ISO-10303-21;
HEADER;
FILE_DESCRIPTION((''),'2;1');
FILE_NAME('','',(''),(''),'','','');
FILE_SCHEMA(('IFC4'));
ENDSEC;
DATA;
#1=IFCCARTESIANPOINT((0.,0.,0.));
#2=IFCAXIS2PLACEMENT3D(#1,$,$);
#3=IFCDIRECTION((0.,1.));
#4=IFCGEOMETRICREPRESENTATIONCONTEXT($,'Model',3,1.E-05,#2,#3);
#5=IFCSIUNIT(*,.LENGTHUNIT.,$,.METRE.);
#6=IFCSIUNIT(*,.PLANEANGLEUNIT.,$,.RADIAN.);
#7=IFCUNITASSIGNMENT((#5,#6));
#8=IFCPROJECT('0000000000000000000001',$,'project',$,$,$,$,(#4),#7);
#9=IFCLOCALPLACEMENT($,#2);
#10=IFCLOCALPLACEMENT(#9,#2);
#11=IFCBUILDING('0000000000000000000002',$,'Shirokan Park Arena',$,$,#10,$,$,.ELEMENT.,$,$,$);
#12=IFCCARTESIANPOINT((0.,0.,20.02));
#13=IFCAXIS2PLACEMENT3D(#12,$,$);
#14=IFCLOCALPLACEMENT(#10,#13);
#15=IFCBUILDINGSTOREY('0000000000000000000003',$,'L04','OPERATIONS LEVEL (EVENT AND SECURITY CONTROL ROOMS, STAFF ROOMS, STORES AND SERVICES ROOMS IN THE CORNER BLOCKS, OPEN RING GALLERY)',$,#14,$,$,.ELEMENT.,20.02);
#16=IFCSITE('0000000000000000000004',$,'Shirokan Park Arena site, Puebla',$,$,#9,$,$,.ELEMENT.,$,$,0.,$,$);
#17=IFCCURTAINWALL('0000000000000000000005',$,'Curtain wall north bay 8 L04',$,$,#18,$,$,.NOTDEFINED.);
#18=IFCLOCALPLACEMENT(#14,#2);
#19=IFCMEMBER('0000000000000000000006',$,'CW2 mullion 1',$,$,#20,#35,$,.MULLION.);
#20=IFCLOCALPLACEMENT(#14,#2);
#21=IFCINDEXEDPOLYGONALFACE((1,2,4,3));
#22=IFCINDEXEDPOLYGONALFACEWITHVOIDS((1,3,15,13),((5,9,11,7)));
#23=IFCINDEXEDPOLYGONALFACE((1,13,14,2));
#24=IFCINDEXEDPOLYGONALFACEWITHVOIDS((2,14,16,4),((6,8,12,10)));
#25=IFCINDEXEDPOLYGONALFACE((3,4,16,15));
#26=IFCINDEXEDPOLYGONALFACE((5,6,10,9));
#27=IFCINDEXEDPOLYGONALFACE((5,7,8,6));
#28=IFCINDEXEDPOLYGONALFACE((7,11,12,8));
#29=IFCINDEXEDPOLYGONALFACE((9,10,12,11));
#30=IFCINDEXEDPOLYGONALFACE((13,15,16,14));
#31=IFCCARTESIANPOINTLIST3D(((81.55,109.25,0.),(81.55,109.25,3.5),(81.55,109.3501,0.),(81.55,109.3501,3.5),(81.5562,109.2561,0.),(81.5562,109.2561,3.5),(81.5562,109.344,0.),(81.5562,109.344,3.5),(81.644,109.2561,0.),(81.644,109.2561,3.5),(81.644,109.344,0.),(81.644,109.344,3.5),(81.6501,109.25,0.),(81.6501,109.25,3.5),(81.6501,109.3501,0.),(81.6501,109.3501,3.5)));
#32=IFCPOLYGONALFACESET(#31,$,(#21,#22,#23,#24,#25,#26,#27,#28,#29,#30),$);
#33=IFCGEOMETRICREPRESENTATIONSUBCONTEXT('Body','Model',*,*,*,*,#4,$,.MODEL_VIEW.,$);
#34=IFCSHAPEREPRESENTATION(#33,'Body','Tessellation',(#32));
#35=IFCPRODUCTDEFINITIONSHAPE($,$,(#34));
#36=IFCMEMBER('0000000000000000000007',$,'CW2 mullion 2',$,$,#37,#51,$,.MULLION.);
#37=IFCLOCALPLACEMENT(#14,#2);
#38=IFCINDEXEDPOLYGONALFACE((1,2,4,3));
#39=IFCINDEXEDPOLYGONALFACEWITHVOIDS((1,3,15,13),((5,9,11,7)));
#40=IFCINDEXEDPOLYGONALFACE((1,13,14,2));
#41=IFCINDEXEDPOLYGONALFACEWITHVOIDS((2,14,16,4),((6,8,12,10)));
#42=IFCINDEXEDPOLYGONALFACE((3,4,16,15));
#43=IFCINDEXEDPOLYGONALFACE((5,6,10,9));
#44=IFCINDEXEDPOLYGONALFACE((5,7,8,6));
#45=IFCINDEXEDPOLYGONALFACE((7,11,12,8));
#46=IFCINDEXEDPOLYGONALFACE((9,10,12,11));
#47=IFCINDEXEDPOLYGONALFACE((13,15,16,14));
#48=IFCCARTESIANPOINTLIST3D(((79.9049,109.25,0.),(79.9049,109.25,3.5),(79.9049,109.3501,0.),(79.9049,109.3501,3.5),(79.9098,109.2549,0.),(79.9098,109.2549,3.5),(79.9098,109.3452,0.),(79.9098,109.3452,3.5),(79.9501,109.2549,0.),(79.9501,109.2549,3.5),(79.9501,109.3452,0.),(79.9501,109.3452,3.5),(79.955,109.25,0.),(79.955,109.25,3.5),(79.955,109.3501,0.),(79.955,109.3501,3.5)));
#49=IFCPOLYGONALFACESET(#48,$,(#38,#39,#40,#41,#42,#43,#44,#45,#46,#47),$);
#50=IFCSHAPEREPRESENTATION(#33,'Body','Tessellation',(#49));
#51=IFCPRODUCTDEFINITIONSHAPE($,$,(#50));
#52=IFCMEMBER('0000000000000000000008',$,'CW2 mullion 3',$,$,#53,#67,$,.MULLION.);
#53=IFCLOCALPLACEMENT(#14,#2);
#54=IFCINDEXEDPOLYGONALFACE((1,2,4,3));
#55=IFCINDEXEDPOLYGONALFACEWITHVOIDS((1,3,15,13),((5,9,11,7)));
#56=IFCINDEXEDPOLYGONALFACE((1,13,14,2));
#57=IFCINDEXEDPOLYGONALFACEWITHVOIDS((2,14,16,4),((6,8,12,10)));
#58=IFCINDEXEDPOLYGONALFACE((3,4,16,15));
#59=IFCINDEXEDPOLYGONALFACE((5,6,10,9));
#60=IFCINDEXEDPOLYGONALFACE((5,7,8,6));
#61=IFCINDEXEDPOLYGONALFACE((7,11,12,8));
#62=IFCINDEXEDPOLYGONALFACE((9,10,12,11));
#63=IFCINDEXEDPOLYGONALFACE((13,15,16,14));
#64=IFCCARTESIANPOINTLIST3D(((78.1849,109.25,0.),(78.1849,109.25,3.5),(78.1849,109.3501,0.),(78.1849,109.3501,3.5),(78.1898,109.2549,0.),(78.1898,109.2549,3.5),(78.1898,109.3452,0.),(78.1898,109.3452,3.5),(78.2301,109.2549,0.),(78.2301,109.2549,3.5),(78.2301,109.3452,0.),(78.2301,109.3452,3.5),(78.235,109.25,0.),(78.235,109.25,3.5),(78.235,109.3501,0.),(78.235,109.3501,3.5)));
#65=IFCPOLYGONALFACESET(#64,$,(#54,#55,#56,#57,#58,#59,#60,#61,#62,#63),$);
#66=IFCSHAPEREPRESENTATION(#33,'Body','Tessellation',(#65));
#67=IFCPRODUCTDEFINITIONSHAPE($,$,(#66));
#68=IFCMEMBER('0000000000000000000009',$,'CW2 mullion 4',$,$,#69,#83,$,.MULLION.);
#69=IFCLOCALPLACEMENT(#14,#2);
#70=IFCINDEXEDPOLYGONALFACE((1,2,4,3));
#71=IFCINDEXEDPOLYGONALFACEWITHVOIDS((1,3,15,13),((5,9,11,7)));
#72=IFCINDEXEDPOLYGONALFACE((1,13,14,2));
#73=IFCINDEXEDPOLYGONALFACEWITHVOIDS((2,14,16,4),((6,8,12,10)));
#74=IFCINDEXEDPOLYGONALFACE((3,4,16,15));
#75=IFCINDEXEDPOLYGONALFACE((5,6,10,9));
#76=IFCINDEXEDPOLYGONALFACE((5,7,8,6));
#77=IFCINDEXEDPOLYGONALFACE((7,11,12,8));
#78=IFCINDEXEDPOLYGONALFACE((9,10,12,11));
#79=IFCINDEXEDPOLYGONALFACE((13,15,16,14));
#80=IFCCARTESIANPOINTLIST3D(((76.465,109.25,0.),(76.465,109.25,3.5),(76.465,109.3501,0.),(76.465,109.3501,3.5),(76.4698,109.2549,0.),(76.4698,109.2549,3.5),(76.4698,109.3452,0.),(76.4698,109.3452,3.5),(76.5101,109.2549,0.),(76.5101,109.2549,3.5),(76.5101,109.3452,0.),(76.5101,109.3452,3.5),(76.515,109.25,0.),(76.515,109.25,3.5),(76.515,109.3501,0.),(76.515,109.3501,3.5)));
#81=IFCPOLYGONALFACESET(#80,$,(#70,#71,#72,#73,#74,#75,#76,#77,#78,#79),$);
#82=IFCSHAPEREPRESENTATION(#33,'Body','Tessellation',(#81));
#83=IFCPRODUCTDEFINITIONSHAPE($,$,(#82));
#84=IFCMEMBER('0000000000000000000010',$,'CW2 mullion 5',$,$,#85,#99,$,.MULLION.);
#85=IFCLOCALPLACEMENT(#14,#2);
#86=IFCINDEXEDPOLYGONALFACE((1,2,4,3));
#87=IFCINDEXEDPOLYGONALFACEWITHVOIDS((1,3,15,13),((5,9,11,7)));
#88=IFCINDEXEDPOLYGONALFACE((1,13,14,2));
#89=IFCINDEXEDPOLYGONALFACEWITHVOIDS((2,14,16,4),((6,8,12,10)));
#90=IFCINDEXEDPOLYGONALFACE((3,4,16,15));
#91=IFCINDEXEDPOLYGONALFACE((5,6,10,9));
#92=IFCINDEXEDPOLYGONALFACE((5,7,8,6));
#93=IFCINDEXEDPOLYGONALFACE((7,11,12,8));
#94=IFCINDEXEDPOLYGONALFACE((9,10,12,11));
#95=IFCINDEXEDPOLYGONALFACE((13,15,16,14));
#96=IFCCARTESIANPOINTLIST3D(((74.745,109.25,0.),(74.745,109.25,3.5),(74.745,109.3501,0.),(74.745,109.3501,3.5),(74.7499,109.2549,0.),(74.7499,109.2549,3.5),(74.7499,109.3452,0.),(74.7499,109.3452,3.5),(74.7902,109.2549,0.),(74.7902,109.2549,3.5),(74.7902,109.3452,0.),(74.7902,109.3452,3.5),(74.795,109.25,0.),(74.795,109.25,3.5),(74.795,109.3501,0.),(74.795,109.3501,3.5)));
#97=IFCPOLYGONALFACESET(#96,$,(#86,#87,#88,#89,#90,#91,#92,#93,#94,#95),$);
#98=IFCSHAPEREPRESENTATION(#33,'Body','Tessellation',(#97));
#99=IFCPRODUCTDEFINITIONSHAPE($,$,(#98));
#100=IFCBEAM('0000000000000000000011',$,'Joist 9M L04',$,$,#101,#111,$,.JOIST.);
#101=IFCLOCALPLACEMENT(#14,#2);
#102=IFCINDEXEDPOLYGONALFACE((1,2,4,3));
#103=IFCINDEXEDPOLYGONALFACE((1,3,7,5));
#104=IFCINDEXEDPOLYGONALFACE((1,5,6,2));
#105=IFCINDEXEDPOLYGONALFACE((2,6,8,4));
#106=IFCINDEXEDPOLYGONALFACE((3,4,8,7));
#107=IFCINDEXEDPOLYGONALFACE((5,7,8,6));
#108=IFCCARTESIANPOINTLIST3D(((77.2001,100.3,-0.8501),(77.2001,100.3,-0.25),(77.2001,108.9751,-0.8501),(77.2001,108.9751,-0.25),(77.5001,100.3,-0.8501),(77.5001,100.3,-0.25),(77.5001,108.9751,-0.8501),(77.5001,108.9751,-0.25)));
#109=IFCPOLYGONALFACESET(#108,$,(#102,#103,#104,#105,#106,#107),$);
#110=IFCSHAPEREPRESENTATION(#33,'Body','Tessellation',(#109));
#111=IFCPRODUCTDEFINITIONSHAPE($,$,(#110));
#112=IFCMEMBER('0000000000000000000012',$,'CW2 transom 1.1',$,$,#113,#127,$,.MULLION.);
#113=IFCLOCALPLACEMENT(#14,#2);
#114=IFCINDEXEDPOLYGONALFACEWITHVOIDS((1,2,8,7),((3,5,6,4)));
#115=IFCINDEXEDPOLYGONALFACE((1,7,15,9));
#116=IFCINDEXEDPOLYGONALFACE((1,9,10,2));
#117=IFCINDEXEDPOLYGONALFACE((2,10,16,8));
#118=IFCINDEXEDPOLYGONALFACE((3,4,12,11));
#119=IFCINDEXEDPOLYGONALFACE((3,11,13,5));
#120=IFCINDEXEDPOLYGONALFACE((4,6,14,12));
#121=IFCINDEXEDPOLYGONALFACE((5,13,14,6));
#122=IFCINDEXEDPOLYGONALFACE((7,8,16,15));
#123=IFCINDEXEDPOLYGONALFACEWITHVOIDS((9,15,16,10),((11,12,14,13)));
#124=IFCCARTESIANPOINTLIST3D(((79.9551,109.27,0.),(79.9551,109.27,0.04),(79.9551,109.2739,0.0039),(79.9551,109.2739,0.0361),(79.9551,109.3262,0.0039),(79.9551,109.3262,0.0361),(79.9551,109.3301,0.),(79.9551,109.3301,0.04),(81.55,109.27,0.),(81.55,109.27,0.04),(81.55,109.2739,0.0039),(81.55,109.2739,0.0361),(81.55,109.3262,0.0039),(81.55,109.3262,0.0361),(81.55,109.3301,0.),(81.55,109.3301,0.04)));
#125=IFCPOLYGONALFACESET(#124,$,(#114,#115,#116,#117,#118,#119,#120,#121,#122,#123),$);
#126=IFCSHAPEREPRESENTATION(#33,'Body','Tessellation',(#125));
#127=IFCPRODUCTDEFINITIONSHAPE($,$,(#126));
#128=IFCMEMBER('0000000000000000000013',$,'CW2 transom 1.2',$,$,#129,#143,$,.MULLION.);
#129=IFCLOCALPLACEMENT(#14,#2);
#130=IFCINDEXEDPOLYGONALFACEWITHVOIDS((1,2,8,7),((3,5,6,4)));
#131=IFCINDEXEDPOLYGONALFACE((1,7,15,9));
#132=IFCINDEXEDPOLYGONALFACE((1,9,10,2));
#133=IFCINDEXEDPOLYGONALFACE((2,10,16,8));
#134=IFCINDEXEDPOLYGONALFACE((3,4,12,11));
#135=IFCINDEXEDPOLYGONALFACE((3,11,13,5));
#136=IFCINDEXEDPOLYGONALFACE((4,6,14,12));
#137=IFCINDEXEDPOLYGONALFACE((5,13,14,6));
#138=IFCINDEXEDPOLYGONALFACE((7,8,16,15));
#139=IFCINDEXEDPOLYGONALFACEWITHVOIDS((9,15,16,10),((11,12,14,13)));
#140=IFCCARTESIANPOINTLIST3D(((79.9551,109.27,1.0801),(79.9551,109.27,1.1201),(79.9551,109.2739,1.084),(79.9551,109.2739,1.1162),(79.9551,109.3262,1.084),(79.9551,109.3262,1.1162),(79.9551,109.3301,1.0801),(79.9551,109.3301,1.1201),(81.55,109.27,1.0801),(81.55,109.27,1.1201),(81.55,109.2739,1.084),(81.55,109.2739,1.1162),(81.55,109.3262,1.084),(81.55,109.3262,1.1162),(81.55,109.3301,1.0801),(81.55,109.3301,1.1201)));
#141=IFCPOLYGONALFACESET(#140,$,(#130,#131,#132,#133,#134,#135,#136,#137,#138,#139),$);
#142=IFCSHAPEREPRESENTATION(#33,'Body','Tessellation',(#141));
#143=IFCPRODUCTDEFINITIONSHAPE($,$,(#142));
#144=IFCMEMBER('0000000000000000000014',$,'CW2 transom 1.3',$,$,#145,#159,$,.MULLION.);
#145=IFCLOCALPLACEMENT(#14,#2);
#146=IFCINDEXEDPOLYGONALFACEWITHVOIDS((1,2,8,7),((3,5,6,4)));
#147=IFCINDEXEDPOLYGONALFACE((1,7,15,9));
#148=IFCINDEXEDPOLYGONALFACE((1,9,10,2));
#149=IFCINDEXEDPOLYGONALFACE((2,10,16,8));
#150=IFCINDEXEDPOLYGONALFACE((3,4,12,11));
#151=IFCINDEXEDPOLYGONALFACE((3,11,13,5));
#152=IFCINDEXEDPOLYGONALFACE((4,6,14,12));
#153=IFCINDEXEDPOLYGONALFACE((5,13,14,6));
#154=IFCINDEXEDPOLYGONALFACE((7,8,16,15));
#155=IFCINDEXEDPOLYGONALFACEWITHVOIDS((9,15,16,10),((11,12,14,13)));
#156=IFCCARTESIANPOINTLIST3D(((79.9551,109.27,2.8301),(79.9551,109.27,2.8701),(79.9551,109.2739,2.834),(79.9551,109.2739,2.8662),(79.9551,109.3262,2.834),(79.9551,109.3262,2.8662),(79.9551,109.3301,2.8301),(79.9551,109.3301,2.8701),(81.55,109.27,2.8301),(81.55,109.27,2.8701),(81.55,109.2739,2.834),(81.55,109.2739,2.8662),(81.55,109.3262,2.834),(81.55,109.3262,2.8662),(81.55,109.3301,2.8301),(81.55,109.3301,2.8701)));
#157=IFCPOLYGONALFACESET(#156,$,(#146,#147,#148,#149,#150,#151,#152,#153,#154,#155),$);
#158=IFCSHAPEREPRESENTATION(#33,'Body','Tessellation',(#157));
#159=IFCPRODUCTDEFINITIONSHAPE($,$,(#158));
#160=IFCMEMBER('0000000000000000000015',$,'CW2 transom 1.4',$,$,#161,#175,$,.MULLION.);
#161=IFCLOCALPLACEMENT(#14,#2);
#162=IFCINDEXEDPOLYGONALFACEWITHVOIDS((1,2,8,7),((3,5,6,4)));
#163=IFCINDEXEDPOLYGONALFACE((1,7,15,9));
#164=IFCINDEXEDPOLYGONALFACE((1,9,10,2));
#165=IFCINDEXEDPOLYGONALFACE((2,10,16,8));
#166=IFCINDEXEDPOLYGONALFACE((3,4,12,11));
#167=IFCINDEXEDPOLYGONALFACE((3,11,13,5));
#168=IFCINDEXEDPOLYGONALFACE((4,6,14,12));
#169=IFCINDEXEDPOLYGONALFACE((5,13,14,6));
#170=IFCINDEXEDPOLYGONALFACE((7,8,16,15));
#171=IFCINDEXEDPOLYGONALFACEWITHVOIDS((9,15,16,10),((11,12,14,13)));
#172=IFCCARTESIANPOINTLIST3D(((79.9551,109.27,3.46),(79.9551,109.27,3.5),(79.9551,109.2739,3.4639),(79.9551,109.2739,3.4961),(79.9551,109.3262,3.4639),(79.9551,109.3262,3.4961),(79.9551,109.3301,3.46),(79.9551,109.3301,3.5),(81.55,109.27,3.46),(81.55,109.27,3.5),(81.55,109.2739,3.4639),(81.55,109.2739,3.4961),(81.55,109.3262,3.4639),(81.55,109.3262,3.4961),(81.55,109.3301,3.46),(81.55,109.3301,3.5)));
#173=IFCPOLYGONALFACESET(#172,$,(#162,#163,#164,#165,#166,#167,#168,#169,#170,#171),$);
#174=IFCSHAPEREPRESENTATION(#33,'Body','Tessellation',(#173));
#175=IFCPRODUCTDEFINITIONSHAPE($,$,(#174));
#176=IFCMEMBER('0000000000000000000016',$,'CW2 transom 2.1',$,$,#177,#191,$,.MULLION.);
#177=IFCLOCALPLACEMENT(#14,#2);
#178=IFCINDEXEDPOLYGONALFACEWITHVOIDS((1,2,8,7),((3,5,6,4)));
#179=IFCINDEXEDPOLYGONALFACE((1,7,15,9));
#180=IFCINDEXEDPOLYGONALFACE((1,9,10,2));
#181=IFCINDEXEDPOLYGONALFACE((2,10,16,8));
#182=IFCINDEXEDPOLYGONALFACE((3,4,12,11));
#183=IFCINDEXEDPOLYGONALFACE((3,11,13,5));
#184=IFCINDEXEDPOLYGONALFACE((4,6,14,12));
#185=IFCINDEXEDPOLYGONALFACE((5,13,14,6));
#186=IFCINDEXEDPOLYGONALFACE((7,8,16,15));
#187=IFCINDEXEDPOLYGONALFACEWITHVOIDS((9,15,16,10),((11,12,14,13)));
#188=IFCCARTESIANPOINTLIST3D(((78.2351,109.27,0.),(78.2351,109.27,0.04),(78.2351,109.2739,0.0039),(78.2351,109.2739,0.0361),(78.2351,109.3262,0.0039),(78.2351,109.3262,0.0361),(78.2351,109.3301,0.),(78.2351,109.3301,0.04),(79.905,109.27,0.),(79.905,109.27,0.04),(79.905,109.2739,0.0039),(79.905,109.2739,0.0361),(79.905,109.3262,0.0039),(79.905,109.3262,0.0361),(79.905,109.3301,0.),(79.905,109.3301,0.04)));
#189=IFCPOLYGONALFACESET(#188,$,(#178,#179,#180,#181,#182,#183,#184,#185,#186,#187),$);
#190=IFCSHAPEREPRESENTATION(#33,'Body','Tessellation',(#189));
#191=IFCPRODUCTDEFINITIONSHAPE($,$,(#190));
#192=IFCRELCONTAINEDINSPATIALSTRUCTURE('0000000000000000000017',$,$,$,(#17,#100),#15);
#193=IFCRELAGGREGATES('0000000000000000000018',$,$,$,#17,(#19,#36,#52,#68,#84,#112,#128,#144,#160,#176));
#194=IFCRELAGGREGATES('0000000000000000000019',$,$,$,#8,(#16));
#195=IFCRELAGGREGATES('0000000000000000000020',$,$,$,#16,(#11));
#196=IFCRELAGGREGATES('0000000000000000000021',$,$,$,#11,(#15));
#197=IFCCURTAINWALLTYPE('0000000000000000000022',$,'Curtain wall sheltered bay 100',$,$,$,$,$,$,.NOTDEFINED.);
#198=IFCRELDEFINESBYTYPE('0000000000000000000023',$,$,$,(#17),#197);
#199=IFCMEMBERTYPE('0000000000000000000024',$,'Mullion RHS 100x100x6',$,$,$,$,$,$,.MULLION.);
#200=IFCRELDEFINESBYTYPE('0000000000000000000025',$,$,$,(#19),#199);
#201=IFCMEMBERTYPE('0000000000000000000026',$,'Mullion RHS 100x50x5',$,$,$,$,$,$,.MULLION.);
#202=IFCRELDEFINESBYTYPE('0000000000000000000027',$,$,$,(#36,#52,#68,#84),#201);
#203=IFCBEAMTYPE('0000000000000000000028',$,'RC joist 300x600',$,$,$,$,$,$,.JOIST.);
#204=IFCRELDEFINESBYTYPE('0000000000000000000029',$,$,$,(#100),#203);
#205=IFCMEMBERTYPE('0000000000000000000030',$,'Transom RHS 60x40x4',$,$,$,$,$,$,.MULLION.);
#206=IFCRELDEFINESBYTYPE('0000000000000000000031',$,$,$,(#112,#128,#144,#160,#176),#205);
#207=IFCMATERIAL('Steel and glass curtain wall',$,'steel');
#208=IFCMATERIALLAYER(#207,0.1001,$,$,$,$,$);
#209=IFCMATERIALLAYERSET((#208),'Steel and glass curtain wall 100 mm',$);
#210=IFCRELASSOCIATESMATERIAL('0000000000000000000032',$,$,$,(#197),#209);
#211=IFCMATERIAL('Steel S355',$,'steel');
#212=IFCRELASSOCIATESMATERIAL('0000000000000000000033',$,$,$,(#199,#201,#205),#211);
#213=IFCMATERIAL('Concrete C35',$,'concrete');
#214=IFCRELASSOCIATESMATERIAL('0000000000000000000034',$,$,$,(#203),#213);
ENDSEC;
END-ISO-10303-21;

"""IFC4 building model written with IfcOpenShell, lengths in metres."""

from ifc_helpers import new_model, si_unit, direction, frame, origin, origin_2d, place, context, subcontext, project, spatial, rectangle, hollow_rectangle, extrude, material, layer, layer_set, material_profile, profile_set, type_object, element, aggregate, save


model = new_model("IFC4")

# Units and contexts
model_context = context("Model", 3, precision=1e-05, world=origin(), true_north=direction((0.0, 1.0)))
body_context = subcontext(model_context, "Body", "Model", "MODEL_VIEW")
ifc_project = project(units=[si_unit("LENGTHUNIT", "METRE"), si_unit("PLANEANGLEUNIT", "RADIAN")], contexts=[model_context])

# Site, building, storey
site_placement = place(None, origin())
site = spatial("IfcSite", under=ifc_project, at=site_placement, Name="Shirokan Park Arena site, Puebla", CompositionType="ELEMENT", RefElevation=0.0)
building_placement = place(site_placement, origin())
building = spatial("IfcBuilding", under=site, at=building_placement, Name="Shirokan Park Arena", CompositionType="ELEMENT")
storey_placement = place(building_placement, frame((0.0, 0.0, 20.02)))
storey = spatial("IfcBuildingStorey", under=building, at=storey_placement, Name="L04", Description="OPERATIONS LEVEL (EVENT AND SECURITY CONTROL ROOMS, STAFF ROOMS, STORES AND SERVICES ROOMS IN THE CORNER BLOCKS, OPEN RING GALLERY)", CompositionType="ELEMENT", Elevation=20.02)

# Curtain wall, members
ifc_material_1 = material(Name="Steel and glass curtain wall", Category="steel")
ifc_layer_1 = layer(ifc_material_1, 0.1001)
ifc_layer_set_1 = layer_set([ifc_layer_1], Name="Steel and glass curtain wall 100 mm")
curtain_wall_type = type_object("IfcCurtainWallType", Name="Curtain wall sheltered bay 100", PredefinedType="NOTDEFINED", material=ifc_layer_set_1)
curtain_wall_placement = place(storey_placement, origin())
curtain_wall = element("IfcCurtainWall", 1, at=curtain_wall_placement, inside=storey, type_object=curtain_wall_type, Name="Curtain wall north bay 8 L04", PredefinedType="NOTDEFINED")
ifc_material_2 = material(Name="Steel S355", Category="steel")
ifc_material_profile_1 = material_profile(ifc_material_2, hollow_rectangle(XDim=0.1001, YDim=0.1001, WallThickness=0.0061, at=origin_2d()), Name="RHS 100x100x6")
ifc_profile_set_1 = profile_set([ifc_material_profile_1], Name="Steel S355")
member_type_1 = type_object("IfcMemberType", Name="Mullion RHS 100x100x6", PredefinedType="MULLION", material=ifc_profile_set_1)
member_1_placement = place(storey_placement, frame((81.6001, 109.3, 0.0), z_axis=(0.0, 0.0, 1.0), x_axis=(0.0, -1.0, 0.0)))
member_1 = element("IfcMember", 2, at=member_1_placement, type_object=member_type_1, Name="CW2 mullion 1", PredefinedType="MULLION", context=body_context, shape_type="SweptSolid", body=[
    extrude(hollow_rectangle(XDim=0.1001, YDim=0.1001, WallThickness=0.0061, at=origin_2d()), origin(), (0.0, 0.0, 1.0), 3.5),
])
ifc_material_profile_2 = material_profile(ifc_material_2, hollow_rectangle(XDim=0.1001, YDim=0.05, WallThickness=0.0049, at=origin_2d()), Name="RHS 100x50x5")
ifc_profile_set_2 = profile_set([ifc_material_profile_2], Name="Steel S355")
member_type_2 = type_object("IfcMemberType", Name="Mullion RHS 100x50x5", PredefinedType="MULLION", material=ifc_profile_set_2)
member_2_placement = place(storey_placement, frame((79.9299, 109.3, 0.0), z_axis=(0.0, 0.0, 1.0), x_axis=(0.0, -1.0, 0.0)))
member_2 = element("IfcMember", 3, at=member_2_placement, type_object=member_type_2, Name="CW2 mullion 2", PredefinedType="MULLION", context=body_context, shape_type="SweptSolid", body=[
    extrude(hollow_rectangle(XDim=0.1001, YDim=0.05, WallThickness=0.0049, at=origin_2d()), origin(), (0.0, 0.0, 1.0), 3.5),
])
member_3_placement = place(storey_placement, frame((78.21, 109.3, 0.0), z_axis=(0.0, 0.0, 1.0), x_axis=(0.0, -1.0, 0.0)))
member_3 = element("IfcMember", 4, at=member_3_placement, type_object=member_type_2, Name="CW2 mullion 3", PredefinedType="MULLION", context=body_context, shape_type="SweptSolid", body=[
    extrude(hollow_rectangle(XDim=0.1001, YDim=0.05, WallThickness=0.0049, at=origin_2d()), origin(), (0.0, 0.0, 1.0), 3.5),
])
member_4_placement = place(storey_placement, frame((76.49, 109.3, 0.0), z_axis=(0.0, 0.0, 1.0), x_axis=(0.0, -1.0, 0.0)))
member_4 = element("IfcMember", 5, at=member_4_placement, type_object=member_type_2, Name="CW2 mullion 4", PredefinedType="MULLION", context=body_context, shape_type="SweptSolid", body=[
    extrude(hollow_rectangle(XDim=0.1001, YDim=0.05, WallThickness=0.0049, at=origin_2d()), origin(), (0.0, 0.0, 1.0), 3.5),
])
member_5_placement = place(storey_placement, frame((74.77, 109.3, 0.0), z_axis=(0.0, 0.0, 1.0), x_axis=(0.0, -1.0, 0.0)))
member_5 = element("IfcMember", 6, at=member_5_placement, type_object=member_type_2, Name="CW2 mullion 5", PredefinedType="MULLION", context=body_context, shape_type="SweptSolid", body=[
    extrude(hollow_rectangle(XDim=0.1001, YDim=0.05, WallThickness=0.0049, at=origin_2d()), origin(), (0.0, 0.0, 1.0), 3.5),
])

# Beam
ifc_material_3 = material(Name="Concrete C35", Category="concrete")
ifc_material_profile_3 = material_profile(ifc_material_3, rectangle(XDim=0.3, YDim=0.6001, at=origin_2d()), Name="300x600")
ifc_profile_set_3 = profile_set([ifc_material_profile_3], Name="Concrete C35")
beam_type = type_object("IfcBeamType", Name="RC joist 300x600", PredefinedType="JOIST", material=ifc_profile_set_3)
beam_placement = place(storey_placement, frame((77.3501, 100.3, -0.55), z_axis=(0.0, 1.0, 0.0), x_axis=(-1.0, 0.0, 0.0)))
element("IfcBeam", 7, at=beam_placement, inside=storey, type_object=beam_type, Name="Joist 9M L04", PredefinedType="JOIST", context=body_context, shape_type="SweptSolid", body=[
    extrude(rectangle(XDim=0.3, YDim=0.6001, at=origin_2d()), origin(), (0.0, 0.0, 1.0), 8.675),
])

# Members
ifc_material_profile_4 = material_profile(ifc_material_2, hollow_rectangle(XDim=0.0601, YDim=0.04, WallThickness=0.0039, at=origin_2d()), Name="RHS 60x40x4")
ifc_profile_set_4 = profile_set([ifc_material_profile_4], Name="Steel S355")
member_type_3 = type_object("IfcMemberType", Name="Transom RHS 60x40x4", PredefinedType="MULLION", material=ifc_profile_set_4)
member_6_placement = place(storey_placement, frame((81.55, 109.3, 0.02), z_axis=(-1.0, 0.0, 0.0), x_axis=(0.0, -1.0, 0.0)))
member_6 = element("IfcMember", 8, at=member_6_placement, type_object=member_type_3, Name="CW2 transom 1.1", PredefinedType="MULLION", context=body_context, shape_type="SweptSolid", body=[
    extrude(hollow_rectangle(XDim=0.0601, YDim=0.04, WallThickness=0.0039, at=origin_2d()), origin(), (0.0, 0.0, 1.0), 1.595),
])
member_7_placement = place(storey_placement, frame((81.55, 109.3, 1.1001), z_axis=(-1.0, 0.0, 0.0), x_axis=(0.0, -1.0, 0.0)))
member_7 = element("IfcMember", 9, at=member_7_placement, type_object=member_type_3, Name="CW2 transom 1.2", PredefinedType="MULLION", context=body_context, shape_type="SweptSolid", body=[
    extrude(hollow_rectangle(XDim=0.0601, YDim=0.04, WallThickness=0.0039, at=origin_2d()), origin(), (0.0, 0.0, 1.0), 1.595),
])
member_8_placement = place(storey_placement, frame((81.55, 109.3, 2.8501), z_axis=(-1.0, 0.0, 0.0), x_axis=(0.0, -1.0, 0.0)))
member_8 = element("IfcMember", 10, at=member_8_placement, type_object=member_type_3, Name="CW2 transom 1.3", PredefinedType="MULLION", context=body_context, shape_type="SweptSolid", body=[
    extrude(hollow_rectangle(XDim=0.0601, YDim=0.04, WallThickness=0.0039, at=origin_2d()), origin(), (0.0, 0.0, 1.0), 1.595),
])
member_9_placement = place(storey_placement, frame((81.55, 109.3, 3.48), z_axis=(-1.0, 0.0, 0.0), x_axis=(0.0, -1.0, 0.0)))
member_9 = element("IfcMember", 11, at=member_9_placement, type_object=member_type_3, Name="CW2 transom 1.4", PredefinedType="MULLION", context=body_context, shape_type="SweptSolid", body=[
    extrude(hollow_rectangle(XDim=0.0601, YDim=0.04, WallThickness=0.0039, at=origin_2d()), origin(), (0.0, 0.0, 1.0), 1.595),
])
member_10_placement = place(storey_placement, frame((79.905, 109.3, 0.02), z_axis=(-1.0, 0.0, 0.0), x_axis=(0.0, -1.0, 0.0)))
member_10 = element("IfcMember", 12, at=member_10_placement, type_object=member_type_3, Name="CW2 transom 2.1", PredefinedType="MULLION", context=body_context, shape_type="SweptSolid", body=[
    extrude(hollow_rectangle(XDim=0.0601, YDim=0.04, WallThickness=0.0039, at=origin_2d()), origin(), (0.0, 0.0, 1.0), 1.6699),
])

aggregate(curtain_wall, [member_1, member_2, member_3, member_4, member_5, member_6, member_7, member_8, member_9, member_10])

save(model, "model.ifc")
